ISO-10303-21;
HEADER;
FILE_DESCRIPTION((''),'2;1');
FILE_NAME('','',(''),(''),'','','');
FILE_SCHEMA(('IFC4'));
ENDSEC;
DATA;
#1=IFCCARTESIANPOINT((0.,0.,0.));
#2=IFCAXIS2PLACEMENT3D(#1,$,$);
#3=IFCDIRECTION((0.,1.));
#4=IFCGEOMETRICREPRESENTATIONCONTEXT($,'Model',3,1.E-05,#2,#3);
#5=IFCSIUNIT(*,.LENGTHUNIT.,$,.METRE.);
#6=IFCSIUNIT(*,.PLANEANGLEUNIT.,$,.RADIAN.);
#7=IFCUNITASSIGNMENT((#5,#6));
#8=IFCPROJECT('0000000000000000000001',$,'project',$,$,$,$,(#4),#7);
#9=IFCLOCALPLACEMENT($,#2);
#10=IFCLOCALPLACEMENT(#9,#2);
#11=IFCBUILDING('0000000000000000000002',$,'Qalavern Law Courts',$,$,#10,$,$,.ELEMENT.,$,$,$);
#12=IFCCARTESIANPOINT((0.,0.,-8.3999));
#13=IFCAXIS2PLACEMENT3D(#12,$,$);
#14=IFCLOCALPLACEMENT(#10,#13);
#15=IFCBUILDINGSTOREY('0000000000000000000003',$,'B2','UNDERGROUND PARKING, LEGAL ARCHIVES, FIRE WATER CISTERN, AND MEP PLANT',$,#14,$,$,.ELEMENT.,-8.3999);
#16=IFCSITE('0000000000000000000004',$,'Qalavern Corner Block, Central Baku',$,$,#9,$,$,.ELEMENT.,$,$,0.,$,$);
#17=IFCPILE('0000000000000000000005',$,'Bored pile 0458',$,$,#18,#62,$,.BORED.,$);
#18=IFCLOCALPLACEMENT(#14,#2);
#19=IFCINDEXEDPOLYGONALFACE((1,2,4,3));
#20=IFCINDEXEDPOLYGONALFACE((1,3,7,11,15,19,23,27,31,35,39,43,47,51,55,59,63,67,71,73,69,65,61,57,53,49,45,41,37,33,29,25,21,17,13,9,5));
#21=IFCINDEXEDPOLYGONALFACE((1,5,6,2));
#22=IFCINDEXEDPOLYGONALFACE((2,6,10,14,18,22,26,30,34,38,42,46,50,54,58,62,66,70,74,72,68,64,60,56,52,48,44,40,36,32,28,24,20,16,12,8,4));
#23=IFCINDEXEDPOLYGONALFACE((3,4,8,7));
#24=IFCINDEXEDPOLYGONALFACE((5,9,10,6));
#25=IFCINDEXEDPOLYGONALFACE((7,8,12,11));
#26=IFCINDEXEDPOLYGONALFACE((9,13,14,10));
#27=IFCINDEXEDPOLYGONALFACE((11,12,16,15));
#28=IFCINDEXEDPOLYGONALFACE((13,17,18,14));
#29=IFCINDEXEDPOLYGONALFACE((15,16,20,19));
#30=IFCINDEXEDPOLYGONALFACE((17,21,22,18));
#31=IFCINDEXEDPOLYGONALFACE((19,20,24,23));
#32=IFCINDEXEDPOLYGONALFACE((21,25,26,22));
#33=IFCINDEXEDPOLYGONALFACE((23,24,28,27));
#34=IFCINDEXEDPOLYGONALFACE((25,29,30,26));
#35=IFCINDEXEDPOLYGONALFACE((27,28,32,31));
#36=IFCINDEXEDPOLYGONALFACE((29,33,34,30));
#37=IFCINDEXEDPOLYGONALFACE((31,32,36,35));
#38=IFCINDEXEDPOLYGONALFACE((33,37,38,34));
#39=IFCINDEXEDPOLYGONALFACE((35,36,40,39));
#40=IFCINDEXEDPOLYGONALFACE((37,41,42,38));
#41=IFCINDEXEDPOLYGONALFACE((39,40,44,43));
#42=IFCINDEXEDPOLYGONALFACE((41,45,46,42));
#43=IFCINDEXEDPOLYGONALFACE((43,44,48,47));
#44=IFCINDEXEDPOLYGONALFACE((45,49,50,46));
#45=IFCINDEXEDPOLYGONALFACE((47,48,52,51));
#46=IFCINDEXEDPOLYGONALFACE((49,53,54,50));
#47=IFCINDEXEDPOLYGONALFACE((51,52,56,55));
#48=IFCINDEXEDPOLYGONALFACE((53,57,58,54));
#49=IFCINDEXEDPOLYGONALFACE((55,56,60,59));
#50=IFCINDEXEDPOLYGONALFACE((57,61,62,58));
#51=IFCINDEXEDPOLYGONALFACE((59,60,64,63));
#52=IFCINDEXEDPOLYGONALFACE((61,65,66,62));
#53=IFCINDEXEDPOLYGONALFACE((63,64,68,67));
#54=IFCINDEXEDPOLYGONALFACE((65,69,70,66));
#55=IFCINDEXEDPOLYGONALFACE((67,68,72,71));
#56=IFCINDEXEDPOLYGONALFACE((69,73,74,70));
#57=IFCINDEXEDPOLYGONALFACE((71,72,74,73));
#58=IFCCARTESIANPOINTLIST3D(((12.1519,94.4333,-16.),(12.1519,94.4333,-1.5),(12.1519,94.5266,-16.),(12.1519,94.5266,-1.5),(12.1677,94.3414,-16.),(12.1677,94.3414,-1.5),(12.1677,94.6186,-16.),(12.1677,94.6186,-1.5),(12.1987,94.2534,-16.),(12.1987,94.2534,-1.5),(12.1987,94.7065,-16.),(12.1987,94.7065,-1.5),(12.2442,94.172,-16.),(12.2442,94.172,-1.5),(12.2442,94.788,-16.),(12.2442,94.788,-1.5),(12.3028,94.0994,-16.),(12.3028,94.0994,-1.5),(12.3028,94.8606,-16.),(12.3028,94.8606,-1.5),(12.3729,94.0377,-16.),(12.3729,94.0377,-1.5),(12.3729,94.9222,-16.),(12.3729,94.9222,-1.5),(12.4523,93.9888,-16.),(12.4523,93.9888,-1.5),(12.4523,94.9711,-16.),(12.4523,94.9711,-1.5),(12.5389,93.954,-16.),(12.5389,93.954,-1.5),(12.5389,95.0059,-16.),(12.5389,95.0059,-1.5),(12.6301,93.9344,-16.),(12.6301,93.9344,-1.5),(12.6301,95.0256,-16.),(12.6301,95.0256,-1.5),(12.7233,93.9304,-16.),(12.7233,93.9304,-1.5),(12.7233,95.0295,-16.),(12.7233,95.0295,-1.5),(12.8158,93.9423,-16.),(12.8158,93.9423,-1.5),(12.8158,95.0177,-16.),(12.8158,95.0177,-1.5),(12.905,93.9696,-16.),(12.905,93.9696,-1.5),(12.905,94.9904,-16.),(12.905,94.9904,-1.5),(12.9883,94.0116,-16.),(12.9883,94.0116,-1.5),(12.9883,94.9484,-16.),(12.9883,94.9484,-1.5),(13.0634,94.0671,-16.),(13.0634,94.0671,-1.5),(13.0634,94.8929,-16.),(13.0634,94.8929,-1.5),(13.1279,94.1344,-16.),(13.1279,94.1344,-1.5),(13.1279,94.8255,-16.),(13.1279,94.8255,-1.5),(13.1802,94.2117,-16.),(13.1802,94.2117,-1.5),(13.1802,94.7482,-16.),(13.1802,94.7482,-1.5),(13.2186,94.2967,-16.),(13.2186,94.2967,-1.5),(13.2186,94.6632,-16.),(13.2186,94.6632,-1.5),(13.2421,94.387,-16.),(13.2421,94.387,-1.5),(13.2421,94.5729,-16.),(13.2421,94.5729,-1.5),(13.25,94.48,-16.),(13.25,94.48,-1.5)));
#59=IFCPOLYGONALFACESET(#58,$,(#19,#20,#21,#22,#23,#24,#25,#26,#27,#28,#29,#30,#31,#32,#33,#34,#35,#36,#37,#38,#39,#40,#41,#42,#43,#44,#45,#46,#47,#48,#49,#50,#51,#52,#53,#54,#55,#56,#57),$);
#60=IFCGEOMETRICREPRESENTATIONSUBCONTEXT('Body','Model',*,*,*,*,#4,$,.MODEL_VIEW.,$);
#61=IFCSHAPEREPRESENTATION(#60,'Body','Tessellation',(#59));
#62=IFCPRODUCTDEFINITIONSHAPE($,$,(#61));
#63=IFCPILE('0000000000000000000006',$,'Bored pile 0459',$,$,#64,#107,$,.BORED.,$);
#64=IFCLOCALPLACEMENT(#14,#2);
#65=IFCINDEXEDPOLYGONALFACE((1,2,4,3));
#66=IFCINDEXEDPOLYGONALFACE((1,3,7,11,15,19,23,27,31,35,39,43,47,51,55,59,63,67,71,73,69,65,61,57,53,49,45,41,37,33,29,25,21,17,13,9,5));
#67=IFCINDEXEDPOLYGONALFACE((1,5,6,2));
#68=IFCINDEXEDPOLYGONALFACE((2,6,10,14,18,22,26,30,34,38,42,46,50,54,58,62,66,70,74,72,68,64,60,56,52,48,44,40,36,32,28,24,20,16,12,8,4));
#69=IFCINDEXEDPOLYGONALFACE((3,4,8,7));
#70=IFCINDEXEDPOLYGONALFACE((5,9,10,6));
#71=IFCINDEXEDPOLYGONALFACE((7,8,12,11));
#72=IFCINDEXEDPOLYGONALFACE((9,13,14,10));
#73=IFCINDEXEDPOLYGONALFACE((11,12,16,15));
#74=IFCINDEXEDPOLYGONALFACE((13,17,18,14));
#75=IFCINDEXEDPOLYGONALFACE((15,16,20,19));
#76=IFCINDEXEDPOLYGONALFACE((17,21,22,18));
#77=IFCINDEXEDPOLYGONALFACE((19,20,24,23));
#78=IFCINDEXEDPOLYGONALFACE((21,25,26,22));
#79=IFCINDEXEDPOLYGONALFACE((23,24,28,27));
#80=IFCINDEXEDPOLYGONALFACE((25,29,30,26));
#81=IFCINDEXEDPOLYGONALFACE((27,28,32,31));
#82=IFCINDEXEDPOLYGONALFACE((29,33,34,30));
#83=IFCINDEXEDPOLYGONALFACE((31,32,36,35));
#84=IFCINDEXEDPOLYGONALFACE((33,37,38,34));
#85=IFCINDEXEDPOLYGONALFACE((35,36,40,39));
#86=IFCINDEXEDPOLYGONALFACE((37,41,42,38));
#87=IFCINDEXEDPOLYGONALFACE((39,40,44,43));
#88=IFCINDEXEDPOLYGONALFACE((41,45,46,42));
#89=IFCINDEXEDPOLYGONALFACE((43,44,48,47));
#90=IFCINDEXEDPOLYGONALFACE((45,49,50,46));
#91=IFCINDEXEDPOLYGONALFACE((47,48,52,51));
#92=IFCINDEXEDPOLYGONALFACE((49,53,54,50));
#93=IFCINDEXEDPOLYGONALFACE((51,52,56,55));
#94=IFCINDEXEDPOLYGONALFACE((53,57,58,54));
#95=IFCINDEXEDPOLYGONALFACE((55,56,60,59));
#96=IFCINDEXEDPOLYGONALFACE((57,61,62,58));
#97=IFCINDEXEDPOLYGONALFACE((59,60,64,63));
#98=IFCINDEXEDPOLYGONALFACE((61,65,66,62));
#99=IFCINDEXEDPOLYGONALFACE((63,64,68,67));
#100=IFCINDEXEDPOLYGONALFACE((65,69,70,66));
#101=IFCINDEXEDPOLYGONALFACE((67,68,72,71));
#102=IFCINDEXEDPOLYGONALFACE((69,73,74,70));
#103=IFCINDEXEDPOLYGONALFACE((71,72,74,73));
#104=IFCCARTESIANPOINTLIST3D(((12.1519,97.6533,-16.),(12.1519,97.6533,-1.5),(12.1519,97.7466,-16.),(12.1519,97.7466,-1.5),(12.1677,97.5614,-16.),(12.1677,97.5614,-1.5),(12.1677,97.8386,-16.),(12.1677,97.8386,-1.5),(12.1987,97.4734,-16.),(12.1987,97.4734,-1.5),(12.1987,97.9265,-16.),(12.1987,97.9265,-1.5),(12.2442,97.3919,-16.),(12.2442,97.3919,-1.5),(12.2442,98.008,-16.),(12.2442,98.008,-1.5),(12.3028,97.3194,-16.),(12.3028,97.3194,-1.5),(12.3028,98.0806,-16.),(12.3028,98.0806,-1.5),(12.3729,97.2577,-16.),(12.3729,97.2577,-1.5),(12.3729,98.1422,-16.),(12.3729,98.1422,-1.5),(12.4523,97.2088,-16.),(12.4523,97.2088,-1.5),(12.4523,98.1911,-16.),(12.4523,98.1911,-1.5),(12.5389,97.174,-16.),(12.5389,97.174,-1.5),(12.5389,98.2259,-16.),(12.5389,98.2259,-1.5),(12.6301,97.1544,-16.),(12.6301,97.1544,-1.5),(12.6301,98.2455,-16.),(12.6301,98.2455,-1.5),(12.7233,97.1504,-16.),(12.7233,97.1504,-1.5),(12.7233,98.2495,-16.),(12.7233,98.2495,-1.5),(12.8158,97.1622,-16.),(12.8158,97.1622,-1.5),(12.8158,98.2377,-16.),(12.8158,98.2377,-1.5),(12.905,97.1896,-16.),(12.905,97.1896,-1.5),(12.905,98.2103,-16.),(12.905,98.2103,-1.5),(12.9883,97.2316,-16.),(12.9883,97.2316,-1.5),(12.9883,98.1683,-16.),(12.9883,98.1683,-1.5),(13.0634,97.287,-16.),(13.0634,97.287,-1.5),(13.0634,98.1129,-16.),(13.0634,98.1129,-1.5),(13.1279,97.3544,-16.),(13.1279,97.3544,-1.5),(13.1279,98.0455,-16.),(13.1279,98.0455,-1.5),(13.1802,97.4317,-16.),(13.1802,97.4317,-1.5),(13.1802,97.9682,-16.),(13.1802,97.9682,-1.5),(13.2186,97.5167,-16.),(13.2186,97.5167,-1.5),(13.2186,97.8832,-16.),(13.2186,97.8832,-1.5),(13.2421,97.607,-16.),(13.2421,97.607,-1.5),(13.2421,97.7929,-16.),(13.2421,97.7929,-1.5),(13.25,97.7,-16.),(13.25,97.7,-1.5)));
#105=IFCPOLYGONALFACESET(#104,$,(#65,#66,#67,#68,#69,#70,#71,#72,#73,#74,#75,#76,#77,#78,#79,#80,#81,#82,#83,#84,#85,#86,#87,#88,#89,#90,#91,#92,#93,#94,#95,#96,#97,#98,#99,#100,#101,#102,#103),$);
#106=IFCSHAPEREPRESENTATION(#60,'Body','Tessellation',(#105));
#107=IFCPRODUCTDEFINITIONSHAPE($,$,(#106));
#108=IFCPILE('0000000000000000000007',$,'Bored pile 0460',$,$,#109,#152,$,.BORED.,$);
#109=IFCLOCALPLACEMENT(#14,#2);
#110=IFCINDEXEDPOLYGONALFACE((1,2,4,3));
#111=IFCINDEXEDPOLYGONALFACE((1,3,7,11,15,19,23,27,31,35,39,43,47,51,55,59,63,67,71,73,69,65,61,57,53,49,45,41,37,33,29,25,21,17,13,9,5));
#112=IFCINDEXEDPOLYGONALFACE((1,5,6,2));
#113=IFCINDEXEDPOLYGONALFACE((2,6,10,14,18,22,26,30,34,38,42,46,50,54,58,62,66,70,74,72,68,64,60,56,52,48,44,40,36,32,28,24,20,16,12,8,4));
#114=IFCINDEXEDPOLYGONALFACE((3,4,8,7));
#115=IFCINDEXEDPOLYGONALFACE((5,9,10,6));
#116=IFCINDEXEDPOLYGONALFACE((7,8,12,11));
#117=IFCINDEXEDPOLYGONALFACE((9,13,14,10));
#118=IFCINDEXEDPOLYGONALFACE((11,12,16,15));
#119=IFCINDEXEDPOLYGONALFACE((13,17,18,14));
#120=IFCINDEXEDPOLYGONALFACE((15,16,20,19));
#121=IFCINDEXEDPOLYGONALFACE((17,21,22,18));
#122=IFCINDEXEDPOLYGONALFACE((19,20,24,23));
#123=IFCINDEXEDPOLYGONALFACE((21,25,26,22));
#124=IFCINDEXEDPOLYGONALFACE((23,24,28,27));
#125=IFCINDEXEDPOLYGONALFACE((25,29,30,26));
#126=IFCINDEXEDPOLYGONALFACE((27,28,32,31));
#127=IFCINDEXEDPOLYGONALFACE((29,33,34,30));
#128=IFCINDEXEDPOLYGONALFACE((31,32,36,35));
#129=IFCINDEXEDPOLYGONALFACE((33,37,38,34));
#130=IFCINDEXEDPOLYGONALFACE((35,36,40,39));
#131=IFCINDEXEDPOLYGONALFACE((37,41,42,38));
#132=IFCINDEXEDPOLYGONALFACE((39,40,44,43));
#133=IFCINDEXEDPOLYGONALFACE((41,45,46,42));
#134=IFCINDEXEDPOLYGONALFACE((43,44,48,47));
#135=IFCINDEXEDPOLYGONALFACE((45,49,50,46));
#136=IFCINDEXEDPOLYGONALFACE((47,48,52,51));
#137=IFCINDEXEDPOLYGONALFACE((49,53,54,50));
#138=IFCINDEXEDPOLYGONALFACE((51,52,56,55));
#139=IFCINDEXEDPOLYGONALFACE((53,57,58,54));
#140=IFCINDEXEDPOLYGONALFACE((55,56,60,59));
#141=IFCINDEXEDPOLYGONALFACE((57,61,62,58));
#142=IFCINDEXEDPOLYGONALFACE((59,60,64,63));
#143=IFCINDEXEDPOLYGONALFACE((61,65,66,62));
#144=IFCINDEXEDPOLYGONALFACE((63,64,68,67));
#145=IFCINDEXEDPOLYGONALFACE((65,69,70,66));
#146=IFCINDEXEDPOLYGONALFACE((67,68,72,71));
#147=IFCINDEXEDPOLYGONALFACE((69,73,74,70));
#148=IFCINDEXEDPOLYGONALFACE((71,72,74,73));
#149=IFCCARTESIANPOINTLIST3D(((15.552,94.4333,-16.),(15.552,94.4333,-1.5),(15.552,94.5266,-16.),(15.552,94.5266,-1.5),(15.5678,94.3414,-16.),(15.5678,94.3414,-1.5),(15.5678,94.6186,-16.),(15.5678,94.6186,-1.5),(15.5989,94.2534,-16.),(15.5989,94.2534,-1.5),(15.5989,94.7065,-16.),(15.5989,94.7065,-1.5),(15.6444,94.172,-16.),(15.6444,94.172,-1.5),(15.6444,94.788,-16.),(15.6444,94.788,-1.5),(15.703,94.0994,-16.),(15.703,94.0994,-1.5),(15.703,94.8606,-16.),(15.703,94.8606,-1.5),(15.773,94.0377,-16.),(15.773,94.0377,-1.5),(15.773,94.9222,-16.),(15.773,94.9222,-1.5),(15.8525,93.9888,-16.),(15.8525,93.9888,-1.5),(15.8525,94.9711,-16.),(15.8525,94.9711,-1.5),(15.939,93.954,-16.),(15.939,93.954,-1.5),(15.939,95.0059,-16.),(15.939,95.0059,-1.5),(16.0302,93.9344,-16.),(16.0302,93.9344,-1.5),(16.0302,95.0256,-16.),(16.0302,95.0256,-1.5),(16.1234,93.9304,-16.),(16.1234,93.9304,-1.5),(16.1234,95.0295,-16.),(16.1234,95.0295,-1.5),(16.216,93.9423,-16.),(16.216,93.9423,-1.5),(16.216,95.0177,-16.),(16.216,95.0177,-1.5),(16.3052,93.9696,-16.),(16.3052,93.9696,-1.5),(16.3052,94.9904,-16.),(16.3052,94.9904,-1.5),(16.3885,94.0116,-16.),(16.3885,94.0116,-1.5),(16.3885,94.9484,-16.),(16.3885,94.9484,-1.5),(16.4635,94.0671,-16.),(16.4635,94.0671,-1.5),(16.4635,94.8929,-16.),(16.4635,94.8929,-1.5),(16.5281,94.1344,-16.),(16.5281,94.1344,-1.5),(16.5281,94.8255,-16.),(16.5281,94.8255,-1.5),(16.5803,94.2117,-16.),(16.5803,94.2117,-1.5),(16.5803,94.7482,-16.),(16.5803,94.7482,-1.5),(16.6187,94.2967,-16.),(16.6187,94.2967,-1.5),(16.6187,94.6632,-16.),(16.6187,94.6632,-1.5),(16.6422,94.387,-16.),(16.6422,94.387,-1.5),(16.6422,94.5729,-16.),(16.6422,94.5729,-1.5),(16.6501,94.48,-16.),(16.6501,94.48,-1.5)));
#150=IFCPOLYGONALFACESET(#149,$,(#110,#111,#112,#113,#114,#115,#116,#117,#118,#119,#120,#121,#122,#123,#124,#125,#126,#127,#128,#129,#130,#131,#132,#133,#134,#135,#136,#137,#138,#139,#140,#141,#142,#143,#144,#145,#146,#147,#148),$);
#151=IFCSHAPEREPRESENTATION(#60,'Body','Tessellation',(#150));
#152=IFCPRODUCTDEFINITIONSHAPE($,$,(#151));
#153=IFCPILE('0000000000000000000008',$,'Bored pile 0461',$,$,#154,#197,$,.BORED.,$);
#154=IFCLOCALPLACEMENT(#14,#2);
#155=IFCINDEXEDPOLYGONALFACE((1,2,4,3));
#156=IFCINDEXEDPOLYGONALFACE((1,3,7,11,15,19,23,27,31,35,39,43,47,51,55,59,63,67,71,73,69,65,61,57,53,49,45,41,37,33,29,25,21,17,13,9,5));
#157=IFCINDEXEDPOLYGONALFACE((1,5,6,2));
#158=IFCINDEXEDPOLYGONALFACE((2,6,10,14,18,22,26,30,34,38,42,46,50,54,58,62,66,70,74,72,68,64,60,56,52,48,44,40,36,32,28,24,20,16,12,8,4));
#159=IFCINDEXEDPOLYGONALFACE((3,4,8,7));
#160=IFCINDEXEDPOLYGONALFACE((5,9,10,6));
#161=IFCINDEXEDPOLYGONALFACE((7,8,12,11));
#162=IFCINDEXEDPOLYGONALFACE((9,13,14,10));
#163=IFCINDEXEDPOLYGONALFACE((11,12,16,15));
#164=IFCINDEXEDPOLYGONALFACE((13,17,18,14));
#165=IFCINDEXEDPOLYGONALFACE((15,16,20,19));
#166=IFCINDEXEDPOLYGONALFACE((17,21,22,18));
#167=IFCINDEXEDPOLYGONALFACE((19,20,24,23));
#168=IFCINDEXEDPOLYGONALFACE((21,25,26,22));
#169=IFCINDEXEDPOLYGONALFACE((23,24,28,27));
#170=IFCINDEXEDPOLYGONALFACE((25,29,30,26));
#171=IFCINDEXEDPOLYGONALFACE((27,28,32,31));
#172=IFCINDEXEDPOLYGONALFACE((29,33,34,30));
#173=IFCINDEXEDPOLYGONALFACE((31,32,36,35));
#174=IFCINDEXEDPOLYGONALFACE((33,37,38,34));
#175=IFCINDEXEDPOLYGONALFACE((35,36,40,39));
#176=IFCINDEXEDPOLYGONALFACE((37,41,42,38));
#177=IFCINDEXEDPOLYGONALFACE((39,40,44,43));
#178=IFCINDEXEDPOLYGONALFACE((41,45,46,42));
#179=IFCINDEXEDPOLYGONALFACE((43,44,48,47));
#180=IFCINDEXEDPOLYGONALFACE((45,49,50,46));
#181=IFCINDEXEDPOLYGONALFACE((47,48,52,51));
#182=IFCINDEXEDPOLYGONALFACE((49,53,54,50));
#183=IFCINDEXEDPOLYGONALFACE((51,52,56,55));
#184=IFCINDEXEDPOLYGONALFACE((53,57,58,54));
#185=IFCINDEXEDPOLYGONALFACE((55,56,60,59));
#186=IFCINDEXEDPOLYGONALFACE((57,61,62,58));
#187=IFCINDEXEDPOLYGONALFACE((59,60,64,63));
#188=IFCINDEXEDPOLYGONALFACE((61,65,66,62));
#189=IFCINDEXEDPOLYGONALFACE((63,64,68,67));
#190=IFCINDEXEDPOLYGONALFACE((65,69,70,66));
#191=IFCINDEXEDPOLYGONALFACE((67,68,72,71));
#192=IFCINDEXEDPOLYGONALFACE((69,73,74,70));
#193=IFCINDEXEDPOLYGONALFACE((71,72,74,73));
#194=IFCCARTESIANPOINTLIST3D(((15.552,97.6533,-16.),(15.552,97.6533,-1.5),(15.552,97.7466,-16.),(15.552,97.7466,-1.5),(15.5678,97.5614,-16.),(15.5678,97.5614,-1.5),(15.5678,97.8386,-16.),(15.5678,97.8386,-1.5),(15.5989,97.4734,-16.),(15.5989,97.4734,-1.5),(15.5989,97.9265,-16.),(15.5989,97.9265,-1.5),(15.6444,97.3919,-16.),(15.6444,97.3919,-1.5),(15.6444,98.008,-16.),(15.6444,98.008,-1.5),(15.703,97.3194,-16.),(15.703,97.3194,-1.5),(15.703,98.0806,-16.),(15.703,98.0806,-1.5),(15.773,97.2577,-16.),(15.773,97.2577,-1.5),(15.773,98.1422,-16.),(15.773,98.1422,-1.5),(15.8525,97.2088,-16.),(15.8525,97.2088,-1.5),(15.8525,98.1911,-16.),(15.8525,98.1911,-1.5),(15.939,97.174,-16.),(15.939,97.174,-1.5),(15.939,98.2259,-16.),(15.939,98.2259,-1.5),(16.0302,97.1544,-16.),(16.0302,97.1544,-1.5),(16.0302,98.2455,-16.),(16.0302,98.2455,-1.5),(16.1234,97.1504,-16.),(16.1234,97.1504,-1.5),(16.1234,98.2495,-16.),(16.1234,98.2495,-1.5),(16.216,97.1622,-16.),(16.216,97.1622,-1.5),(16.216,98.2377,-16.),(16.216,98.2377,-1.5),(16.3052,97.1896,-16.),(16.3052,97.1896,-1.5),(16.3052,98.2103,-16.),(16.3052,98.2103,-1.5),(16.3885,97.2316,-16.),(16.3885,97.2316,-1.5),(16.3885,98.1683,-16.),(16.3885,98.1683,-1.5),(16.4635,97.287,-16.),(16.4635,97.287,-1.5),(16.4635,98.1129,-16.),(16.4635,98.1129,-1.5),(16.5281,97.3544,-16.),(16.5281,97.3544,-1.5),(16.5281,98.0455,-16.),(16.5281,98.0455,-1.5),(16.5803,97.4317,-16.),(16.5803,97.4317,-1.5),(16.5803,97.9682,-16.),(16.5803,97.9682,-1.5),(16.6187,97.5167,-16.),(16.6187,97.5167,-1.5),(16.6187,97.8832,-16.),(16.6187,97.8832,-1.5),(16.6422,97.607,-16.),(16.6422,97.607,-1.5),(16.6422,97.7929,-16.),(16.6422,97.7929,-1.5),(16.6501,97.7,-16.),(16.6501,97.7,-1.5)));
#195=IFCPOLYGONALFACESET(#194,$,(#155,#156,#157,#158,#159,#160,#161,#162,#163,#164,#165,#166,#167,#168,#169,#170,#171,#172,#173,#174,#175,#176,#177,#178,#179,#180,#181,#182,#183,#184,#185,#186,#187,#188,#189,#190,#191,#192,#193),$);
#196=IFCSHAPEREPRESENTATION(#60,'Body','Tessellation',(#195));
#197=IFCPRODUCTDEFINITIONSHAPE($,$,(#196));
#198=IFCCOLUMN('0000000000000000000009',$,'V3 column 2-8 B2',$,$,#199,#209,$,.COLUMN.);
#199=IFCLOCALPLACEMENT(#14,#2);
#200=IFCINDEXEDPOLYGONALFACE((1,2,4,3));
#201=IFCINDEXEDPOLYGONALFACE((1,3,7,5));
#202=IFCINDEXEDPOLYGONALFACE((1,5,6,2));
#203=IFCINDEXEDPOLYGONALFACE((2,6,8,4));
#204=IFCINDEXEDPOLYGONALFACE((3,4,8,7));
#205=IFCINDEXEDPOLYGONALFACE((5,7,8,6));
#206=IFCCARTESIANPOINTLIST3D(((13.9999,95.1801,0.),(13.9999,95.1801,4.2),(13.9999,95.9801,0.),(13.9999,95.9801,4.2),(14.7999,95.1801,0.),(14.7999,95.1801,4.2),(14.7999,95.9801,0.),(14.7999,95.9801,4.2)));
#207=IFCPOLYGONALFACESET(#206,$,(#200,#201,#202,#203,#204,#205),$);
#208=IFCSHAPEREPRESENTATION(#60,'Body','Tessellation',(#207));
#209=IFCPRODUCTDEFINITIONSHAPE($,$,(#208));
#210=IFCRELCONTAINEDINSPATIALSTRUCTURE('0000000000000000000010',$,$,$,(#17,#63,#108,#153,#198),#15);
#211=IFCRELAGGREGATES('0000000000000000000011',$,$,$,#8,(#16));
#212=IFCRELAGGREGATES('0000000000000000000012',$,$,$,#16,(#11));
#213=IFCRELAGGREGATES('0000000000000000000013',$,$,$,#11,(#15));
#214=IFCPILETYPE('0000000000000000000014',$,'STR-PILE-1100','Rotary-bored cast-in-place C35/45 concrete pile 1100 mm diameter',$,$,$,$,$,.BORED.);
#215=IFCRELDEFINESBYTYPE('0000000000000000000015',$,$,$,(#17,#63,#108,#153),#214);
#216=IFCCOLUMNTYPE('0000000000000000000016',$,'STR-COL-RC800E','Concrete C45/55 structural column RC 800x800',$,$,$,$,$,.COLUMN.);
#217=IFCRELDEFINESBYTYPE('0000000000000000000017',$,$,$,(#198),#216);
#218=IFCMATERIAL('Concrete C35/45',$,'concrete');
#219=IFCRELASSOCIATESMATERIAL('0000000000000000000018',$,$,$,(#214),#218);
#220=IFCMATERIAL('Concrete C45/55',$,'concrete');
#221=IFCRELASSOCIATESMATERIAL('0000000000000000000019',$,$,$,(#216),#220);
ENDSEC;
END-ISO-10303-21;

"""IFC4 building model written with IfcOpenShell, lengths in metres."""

from ifc_helpers import new_model, si_unit, direction, frame, origin, origin_2d, place, context, subcontext, project, spatial, rectangle, circle, extrude, material, material_profile, profile_set, type_object, element, save


model = new_model("IFC4")

# Units and contexts
model_context = context("Model", 3, precision=1e-05, world=origin(), true_north=direction((0.0, 1.0)))
body_context = subcontext(model_context, "Body", "Model", "MODEL_VIEW")
ifc_project = project(units=[si_unit("LENGTHUNIT", "METRE"), si_unit("PLANEANGLEUNIT", "RADIAN")], contexts=[model_context])

# Site, building, storey
site_placement = place(None, origin())
site = spatial("IfcSite", under=ifc_project, at=site_placement, Name="Qalavern Corner Block, Central Baku", CompositionType="ELEMENT", RefElevation=0.0)
building_placement = place(site_placement, origin())
building = spatial("IfcBuilding", under=site, at=building_placement, Name="Qalavern Law Courts", CompositionType="ELEMENT")
storey_placement = place(building_placement, frame((0.0, 0.0, -8.3999)))
storey = spatial("IfcBuildingStorey", under=building, at=storey_placement, Name="B2", Description="UNDERGROUND PARKING, LEGAL ARCHIVES, FIRE WATER CISTERN, AND MEP PLANT", CompositionType="ELEMENT", Elevation=-8.3999)

# Shared definitions
ifc_material_1 = material(Name="Concrete C35/45", Category="concrete")

# Piles
ifc_material_profile_1 = material_profile(ifc_material_1, circle(Radius=0.55, at=origin_2d()), Name="BORED PILE 1100")
ifc_profile_set_1 = profile_set([ifc_material_profile_1], Name="Concrete C35/45")
pile_type_1 = type_object("IfcPileType", Name="STR-PILE-1100", Description="Rotary-bored cast-in-place C35/45 concrete pile 1100 mm diameter", PredefinedType="BORED", material=ifc_profile_set_1)
for number, where, z_axis, x_axis, name in (
    (1, (12.7, 94.48, -1.5), (0.0, 0.0, -1.0), (1.0, 0.0, 0.0), "Bored pile 0458"),
    (2, (12.7, 97.7, -1.5), (0.0, 0.0, -1.0), (1.0, 0.0, 0.0), "Bored pile 0459"),
    (3, (16.1001, 94.48, -1.5), (0.0, 0.0, -1.0), (1.0, 0.0, 0.0), "Bored pile 0460"),
    (4, (16.1001, 97.7, -1.5), (0.0, 0.0, -1.0), (1.0, 0.0, 0.0), "Bored pile 0461"),
):
    element("IfcPile", number, at=place(storey_placement, frame(where, z_axis=z_axis, x_axis=x_axis)), inside=storey, type_object=pile_type_1, Name=name, PredefinedType="BORED", context=body_context, shape_type="SweptSolid", body=[
        extrude(circle(Radius=0.55, at=origin_2d()), origin(), (0.0, 0.0, 1.0), 14.5),
    ])

# Column
ifc_material_2 = material(Name="Concrete C45/55", Category="concrete")
ifc_material_profile_2 = material_profile(ifc_material_2, rectangle(XDim=0.8, YDim=0.8, at=origin_2d()), Name="RC 800x800")
ifc_profile_set_2 = profile_set([ifc_material_profile_2], Name="Concrete C45/55")
column_type_1 = type_object("IfcColumnType", Name="STR-COL-RC800E", Description="Concrete C45/55 structural column RC 800x800", PredefinedType="COLUMN", material=ifc_profile_set_2)
for number, where, z_axis, x_axis, name in (
    (5, (14.3999, 95.5801, 0.0), (0.0, 0.0, 1.0), (1.0, 0.0, 0.0), "V3 column 2-8 B2"),
):
    element("IfcColumn", number, at=place(storey_placement, frame(where, z_axis=z_axis, x_axis=x_axis)), inside=storey, type_object=column_type_1, Name=name, PredefinedType="COLUMN", context=body_context, shape_type="SweptSolid", body=[
        extrude(rectangle(XDim=0.8, YDim=0.8, at=origin_2d()), origin(), (0.0, 0.0, 1.0), 4.2),
    ])

save(model, "model.ifc")
